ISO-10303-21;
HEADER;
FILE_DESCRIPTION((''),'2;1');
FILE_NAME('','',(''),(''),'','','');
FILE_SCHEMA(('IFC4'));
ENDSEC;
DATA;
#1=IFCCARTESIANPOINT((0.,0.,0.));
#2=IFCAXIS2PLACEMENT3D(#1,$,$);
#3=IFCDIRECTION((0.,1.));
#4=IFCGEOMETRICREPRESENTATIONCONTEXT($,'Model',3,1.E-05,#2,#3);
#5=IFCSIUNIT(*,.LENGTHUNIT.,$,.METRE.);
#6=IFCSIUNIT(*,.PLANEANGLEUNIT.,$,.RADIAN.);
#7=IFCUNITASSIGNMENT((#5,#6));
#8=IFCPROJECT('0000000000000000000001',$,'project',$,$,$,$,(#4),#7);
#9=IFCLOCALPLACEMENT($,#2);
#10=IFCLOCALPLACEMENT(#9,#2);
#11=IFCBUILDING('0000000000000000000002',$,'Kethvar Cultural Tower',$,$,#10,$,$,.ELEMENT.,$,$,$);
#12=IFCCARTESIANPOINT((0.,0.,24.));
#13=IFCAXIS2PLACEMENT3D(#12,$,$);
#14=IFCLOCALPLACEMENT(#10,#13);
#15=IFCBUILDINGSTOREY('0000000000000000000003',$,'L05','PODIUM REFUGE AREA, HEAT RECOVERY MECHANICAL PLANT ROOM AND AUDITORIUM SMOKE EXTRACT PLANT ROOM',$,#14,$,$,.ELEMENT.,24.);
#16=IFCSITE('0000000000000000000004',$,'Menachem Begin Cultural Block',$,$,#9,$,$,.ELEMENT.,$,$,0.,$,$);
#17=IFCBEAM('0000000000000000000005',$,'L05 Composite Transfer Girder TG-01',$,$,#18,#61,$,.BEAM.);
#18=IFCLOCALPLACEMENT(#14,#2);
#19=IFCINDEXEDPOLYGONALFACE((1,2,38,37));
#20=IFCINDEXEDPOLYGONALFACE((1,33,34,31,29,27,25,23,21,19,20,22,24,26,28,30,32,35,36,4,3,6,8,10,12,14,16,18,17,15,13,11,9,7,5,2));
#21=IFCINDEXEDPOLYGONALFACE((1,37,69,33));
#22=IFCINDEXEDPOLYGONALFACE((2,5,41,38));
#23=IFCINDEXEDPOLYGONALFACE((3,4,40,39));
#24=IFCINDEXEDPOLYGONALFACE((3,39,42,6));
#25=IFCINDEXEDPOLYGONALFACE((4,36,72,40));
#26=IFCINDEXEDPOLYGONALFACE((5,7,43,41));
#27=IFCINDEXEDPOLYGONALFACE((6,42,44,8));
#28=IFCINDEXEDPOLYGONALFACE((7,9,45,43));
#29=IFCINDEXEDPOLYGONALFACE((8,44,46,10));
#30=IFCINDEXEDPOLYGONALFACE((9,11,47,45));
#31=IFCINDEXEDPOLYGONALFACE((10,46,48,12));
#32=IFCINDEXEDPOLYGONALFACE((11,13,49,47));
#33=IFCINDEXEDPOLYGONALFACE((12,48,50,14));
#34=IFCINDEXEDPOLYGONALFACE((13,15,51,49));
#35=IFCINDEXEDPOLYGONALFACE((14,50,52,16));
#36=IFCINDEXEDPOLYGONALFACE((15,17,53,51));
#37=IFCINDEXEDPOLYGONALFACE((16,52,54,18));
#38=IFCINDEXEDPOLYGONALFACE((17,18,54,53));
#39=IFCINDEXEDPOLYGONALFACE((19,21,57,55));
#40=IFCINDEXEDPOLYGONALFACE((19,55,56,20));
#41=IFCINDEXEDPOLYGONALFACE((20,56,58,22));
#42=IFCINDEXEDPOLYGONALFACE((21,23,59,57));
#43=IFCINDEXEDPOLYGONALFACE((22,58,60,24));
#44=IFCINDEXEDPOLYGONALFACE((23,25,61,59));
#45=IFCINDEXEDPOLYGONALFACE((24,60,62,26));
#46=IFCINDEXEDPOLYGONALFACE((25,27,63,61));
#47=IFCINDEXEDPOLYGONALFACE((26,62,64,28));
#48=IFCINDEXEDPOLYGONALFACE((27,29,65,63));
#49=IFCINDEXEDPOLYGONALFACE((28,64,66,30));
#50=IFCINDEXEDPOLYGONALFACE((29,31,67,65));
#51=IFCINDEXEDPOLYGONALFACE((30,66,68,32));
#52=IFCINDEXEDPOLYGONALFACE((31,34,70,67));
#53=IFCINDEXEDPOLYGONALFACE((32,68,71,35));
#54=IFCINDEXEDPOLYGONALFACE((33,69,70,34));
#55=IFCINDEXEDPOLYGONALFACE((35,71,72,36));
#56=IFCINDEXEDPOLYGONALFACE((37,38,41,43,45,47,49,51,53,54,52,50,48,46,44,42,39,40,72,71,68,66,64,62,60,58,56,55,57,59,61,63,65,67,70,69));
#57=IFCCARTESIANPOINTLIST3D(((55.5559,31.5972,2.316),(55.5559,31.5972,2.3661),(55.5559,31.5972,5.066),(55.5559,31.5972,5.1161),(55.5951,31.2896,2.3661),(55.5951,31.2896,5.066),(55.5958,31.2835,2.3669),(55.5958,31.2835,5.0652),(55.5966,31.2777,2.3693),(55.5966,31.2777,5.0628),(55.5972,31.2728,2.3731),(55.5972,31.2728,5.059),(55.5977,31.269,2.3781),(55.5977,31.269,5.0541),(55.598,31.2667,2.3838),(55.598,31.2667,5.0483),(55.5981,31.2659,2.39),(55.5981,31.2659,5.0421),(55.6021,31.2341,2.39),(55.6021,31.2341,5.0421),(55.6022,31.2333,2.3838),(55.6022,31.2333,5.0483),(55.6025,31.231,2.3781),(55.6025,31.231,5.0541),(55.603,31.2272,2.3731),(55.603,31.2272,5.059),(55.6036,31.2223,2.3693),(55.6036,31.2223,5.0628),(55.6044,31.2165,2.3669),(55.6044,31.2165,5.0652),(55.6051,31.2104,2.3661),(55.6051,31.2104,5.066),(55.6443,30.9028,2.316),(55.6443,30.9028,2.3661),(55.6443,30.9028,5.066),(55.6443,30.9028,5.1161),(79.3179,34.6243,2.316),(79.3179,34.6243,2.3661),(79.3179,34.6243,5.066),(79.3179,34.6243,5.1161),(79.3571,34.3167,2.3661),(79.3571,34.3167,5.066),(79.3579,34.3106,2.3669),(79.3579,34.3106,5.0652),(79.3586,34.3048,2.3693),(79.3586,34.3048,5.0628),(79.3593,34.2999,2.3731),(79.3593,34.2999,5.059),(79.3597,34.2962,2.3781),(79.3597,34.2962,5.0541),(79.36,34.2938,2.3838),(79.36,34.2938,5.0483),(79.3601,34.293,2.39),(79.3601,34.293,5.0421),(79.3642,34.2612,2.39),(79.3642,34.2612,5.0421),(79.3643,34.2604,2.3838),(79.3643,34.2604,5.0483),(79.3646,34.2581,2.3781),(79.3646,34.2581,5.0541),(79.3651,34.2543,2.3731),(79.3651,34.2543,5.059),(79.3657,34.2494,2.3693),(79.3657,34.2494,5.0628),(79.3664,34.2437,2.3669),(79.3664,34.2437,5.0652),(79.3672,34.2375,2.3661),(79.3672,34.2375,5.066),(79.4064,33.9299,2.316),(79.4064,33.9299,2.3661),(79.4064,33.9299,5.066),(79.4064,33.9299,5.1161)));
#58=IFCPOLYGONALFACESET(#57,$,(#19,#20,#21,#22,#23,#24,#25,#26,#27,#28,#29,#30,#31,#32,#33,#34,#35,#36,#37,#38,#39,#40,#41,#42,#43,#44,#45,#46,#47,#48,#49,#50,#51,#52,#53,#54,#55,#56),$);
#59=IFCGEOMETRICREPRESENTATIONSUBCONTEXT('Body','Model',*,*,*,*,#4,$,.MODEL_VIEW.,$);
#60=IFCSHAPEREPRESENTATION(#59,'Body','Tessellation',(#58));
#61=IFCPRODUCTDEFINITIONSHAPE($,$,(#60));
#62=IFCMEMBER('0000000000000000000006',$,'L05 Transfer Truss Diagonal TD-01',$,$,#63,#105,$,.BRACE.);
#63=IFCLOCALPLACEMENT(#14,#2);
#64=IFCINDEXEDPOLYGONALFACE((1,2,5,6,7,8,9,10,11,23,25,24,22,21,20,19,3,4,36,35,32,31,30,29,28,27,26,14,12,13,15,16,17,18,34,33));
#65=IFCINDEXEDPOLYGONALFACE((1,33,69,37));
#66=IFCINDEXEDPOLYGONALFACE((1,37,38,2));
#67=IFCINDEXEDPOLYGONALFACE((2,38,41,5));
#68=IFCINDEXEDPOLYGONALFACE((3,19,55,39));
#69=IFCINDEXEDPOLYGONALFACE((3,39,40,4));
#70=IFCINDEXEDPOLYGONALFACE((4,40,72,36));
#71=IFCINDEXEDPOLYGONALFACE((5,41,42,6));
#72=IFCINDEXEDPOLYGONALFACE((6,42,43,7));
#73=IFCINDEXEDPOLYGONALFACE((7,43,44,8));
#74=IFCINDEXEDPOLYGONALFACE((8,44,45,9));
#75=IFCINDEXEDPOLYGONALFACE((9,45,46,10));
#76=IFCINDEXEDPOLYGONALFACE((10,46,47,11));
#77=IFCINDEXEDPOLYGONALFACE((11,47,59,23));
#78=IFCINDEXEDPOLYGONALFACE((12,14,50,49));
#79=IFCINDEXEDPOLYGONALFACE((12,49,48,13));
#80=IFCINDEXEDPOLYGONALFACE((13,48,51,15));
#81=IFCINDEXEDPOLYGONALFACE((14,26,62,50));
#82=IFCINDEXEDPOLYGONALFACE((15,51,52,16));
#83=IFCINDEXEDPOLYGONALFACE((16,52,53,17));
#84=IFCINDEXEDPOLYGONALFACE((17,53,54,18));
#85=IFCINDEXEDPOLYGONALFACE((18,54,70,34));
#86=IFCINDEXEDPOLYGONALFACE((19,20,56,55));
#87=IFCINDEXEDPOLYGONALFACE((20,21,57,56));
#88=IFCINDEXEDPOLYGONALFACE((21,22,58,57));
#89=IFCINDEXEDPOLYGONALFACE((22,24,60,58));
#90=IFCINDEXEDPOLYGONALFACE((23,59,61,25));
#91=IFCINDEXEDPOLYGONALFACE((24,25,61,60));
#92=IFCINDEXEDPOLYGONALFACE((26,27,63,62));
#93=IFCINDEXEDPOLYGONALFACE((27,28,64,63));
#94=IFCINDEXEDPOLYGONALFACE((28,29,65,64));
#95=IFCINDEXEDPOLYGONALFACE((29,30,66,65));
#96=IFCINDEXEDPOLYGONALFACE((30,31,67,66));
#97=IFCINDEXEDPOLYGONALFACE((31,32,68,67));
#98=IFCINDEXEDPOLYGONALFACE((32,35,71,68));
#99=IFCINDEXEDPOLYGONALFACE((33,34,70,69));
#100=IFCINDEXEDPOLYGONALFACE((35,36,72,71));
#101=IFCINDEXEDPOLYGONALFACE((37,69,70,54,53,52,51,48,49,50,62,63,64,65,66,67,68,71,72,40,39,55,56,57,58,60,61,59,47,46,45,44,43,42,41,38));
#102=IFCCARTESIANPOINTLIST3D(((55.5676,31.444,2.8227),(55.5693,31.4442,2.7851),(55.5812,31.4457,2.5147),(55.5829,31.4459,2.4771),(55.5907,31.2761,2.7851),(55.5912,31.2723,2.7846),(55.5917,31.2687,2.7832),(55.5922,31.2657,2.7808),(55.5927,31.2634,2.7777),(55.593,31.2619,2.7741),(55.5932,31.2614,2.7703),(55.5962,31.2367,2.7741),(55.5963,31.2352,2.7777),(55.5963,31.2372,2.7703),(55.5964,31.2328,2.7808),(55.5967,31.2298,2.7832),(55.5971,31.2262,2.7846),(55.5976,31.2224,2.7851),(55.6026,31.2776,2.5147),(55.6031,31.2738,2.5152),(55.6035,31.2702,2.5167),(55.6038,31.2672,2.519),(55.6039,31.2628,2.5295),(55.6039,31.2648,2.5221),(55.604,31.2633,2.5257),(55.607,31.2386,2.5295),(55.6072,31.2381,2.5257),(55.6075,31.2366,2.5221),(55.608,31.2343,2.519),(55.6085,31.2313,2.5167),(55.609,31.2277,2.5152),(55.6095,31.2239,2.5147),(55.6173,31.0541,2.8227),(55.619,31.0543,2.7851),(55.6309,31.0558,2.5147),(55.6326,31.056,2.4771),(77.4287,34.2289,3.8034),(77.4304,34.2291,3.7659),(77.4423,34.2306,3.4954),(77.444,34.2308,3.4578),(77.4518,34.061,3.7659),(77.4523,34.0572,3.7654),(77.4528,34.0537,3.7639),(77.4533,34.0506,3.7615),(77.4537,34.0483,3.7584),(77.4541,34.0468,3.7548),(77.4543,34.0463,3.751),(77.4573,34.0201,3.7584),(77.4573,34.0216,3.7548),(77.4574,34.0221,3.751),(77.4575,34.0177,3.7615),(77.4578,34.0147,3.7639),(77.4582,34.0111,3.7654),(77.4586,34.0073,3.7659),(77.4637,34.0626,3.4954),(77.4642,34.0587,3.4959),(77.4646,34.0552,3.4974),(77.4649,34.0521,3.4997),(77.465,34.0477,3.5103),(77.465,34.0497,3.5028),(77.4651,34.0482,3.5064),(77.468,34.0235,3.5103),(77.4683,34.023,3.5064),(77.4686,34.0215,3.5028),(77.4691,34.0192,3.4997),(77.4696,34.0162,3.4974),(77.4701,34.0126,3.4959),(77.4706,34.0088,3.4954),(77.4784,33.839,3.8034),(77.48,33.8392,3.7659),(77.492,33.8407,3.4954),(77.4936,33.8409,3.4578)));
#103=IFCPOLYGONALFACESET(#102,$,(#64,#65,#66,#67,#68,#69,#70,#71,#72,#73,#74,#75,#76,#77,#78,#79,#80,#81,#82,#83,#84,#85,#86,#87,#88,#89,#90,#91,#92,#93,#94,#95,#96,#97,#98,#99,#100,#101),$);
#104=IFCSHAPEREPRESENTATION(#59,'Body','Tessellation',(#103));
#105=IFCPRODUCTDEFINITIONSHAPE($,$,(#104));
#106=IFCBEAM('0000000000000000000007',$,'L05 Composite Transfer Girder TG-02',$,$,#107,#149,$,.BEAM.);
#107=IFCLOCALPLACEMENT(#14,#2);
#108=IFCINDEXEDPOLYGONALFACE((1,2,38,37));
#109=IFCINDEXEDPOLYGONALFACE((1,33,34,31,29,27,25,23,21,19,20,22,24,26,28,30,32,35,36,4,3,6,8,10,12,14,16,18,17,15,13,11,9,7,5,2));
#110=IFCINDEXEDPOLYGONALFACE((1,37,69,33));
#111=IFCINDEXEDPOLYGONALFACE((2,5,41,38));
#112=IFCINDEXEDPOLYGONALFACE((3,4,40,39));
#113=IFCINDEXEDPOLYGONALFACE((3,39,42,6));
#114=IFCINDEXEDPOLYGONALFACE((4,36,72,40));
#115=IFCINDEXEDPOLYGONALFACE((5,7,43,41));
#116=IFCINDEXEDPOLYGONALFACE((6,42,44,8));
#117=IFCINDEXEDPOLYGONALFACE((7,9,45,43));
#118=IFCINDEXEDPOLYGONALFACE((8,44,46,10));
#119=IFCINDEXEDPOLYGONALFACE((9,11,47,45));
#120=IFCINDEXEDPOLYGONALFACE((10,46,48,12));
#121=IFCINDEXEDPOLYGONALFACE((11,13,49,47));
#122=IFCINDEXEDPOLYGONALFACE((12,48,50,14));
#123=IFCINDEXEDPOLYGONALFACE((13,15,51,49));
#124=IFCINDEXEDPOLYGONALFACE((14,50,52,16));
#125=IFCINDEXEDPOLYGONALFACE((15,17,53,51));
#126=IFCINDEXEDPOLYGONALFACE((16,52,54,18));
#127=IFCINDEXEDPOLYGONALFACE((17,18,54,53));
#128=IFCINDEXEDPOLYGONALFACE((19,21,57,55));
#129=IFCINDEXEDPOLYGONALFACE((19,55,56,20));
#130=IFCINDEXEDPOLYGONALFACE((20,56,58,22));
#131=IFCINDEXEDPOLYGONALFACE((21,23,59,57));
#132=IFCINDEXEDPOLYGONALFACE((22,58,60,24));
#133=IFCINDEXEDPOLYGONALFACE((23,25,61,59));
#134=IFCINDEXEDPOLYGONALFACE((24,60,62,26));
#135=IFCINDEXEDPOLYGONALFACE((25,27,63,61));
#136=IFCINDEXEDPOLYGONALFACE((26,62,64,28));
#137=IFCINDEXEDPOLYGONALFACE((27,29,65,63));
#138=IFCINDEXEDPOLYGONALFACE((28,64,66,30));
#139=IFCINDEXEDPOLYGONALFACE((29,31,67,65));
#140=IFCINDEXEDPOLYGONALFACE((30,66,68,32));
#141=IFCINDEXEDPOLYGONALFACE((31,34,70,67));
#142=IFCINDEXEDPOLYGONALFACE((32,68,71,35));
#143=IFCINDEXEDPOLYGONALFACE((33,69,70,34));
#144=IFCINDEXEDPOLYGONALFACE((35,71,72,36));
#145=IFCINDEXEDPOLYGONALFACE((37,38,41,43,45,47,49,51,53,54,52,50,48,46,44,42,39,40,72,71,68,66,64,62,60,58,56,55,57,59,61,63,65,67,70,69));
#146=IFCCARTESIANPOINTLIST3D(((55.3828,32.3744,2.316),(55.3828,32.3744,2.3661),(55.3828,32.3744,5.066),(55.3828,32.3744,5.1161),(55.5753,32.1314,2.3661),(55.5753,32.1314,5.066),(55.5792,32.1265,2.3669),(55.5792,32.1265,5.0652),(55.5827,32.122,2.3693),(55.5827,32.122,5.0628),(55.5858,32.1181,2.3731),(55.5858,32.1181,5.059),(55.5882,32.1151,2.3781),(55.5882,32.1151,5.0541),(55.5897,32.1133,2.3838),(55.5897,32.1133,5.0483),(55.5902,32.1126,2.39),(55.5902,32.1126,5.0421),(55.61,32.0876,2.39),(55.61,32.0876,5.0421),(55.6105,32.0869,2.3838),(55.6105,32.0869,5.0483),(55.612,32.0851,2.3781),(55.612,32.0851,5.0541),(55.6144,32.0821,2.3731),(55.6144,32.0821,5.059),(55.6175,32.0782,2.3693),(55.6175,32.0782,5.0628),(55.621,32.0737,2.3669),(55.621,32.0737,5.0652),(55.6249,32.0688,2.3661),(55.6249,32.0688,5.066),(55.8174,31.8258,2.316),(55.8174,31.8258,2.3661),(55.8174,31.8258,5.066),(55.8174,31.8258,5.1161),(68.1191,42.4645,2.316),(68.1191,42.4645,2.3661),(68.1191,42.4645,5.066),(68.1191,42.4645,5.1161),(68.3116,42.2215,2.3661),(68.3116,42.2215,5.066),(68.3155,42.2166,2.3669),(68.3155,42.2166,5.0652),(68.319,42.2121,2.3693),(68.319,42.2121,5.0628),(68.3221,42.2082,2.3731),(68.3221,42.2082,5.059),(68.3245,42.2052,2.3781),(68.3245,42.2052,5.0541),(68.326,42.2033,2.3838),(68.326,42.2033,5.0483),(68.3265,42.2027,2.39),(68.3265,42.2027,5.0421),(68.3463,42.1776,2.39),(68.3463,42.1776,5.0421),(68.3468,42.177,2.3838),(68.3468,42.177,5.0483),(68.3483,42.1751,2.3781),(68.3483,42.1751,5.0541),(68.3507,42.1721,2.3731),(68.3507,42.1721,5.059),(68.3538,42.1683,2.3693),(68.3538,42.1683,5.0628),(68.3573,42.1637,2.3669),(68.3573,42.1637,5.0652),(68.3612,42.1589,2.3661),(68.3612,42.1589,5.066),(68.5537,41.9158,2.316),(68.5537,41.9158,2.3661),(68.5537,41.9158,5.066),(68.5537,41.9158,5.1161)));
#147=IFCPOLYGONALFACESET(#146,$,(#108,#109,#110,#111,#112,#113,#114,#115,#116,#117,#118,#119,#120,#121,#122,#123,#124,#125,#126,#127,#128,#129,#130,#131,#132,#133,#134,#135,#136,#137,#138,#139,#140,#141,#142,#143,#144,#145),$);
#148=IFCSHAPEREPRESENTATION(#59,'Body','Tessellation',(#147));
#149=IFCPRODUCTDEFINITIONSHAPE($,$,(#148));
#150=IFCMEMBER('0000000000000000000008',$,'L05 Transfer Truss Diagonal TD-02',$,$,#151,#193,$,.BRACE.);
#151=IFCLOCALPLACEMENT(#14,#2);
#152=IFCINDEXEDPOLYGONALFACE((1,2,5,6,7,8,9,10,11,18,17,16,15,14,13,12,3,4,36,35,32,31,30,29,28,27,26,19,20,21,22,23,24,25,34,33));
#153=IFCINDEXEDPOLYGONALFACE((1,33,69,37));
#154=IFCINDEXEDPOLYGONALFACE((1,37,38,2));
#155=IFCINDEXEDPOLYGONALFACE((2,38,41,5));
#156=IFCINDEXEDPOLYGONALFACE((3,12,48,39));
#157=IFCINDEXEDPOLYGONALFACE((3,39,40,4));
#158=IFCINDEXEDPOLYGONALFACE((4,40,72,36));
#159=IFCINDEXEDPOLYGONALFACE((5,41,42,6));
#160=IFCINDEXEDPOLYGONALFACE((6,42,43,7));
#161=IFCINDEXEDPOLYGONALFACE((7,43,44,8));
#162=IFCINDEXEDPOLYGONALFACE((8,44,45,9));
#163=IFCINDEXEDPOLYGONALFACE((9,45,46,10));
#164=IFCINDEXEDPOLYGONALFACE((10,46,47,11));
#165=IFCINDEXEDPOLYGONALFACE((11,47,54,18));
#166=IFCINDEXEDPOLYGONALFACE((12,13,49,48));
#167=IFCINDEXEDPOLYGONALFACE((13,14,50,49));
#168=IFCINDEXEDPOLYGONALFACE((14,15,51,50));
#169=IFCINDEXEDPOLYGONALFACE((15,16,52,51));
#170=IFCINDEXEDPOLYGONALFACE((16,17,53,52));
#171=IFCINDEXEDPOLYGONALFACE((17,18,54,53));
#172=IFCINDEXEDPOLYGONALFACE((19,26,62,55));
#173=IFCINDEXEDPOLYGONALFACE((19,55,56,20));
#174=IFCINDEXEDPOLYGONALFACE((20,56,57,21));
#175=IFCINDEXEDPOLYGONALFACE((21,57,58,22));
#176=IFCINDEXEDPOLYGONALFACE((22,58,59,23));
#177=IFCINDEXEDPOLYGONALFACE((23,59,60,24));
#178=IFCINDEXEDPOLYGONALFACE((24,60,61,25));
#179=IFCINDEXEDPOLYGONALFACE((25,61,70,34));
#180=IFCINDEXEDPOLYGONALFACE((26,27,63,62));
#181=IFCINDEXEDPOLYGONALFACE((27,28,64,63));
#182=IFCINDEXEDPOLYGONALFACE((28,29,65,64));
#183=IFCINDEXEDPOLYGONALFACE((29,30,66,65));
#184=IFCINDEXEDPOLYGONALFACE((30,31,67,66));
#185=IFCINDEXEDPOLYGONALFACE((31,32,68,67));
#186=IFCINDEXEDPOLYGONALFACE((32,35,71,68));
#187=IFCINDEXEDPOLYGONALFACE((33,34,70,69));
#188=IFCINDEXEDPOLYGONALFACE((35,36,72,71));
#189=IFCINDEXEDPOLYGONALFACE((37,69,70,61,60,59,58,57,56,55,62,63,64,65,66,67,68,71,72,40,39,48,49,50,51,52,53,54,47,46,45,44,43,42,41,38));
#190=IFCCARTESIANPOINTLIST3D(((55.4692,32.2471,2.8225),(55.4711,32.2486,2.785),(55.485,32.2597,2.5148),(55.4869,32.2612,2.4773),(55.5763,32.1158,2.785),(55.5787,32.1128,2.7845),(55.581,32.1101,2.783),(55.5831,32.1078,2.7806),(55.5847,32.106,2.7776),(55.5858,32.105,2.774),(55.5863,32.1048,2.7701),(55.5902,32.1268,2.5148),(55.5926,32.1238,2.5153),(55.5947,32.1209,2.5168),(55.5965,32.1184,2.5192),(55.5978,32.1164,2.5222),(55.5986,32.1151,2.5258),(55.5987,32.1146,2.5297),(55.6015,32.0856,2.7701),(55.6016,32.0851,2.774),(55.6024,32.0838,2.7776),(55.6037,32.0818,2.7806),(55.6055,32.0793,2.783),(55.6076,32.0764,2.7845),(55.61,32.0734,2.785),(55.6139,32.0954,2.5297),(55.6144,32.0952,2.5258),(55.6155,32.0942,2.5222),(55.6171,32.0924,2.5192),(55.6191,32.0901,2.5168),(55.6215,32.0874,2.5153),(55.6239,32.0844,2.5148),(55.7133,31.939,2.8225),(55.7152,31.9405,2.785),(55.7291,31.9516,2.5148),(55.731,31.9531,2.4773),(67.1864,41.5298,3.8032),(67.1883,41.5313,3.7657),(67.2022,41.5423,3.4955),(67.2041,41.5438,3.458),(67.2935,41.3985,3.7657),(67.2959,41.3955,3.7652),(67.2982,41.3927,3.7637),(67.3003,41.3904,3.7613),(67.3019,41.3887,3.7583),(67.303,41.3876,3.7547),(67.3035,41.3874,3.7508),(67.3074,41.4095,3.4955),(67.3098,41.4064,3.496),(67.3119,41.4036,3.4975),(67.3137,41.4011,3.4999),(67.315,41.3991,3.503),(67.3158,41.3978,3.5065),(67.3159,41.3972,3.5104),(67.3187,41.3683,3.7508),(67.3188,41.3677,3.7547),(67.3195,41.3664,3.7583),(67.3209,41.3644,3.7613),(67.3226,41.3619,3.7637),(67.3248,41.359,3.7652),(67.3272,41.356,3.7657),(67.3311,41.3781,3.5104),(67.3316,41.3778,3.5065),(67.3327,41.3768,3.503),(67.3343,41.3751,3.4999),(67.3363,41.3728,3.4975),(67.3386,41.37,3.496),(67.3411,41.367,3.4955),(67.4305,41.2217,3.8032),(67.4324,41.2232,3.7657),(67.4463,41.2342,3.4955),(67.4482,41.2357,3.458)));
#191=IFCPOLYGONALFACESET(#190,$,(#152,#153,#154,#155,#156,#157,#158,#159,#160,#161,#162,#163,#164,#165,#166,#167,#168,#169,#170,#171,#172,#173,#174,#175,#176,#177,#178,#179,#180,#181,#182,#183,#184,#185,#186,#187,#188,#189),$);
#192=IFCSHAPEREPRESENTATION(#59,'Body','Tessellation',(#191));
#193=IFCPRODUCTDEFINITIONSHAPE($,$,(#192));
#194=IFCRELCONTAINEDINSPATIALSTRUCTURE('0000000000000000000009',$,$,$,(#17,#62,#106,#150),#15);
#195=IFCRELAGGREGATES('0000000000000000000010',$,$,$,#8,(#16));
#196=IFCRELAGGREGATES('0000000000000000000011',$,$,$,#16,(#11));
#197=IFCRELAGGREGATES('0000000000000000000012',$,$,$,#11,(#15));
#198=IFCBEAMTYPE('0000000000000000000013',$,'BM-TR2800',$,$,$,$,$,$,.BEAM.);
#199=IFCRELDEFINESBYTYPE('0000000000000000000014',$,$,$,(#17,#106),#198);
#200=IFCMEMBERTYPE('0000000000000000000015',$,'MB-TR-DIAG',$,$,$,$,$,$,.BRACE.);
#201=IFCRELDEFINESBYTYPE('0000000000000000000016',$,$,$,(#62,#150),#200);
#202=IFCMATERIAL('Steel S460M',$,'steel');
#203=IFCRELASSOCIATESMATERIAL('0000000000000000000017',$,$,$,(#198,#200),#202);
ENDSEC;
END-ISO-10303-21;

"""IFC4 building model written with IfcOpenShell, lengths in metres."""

from ifc_helpers import new_model, si_unit, direction, frame, origin, origin_2d, place, context, subcontext, project, spatial, i_section, extrude, source, transform, mapped, material, material_profile, profile_set, type_object, element, save


model = new_model("IFC4")

# Units and contexts
model_context = context("Model", 3, precision=1e-05, world=origin(), true_north=direction((0.0, 1.0)))
body_context = subcontext(model_context, "Body", "Model", "MODEL_VIEW")
ifc_project = project(units=[si_unit("LENGTHUNIT", "METRE"), si_unit("PLANEANGLEUNIT", "RADIAN")], contexts=[model_context])

# Site, building, storey
site_placement = place(None, origin())
site = spatial("IfcSite", under=ifc_project, at=site_placement, Name="Menachem Begin Cultural Block", CompositionType="ELEMENT", RefElevation=0.0)
building_placement = place(site_placement, origin())
building = spatial("IfcBuilding", under=site, at=building_placement, Name="Kethvar Cultural Tower", CompositionType="ELEMENT")
storey_placement = place(building_placement, frame((0.0, 0.0, 24.0)))
storey = spatial("IfcBuildingStorey", under=building, at=storey_placement, Name="L05", Description="PODIUM REFUGE AREA, HEAT RECOVERY MECHANICAL PLANT ROOM AND AUDITORIUM SMOKE EXTRACT PLANT ROOM", CompositionType="ELEMENT", Elevation=24.0)

# Beam
ifc_material_1 = material(Name="Steel S460M", Category="steel")
ifc_material_profile_1 = material_profile(ifc_material_1, i_section(OverallWidth=0.7, OverallDepth=2.8, WebThickness=0.032, FlangeThickness=0.05, FilletRadius=0.0239, at=origin_2d()), Name="Steel S460M — PG2800x700x50x32")
ifc_profile_set_1 = profile_set([ifc_material_profile_1], Name="Steel S460M — PG2800x700x50x32")
beam_type = type_object("IfcBeamType", Name="BM-TR2800", PredefinedType="BEAM", material=ifc_profile_set_1)
shared_shape_1 = source(origin(), body_context, "Body", "SweptSolid", [
    extrude(i_section(OverallWidth=0.7, OverallDepth=2.8, WebThickness=0.032, FlangeThickness=0.05, FilletRadius=0.0239, at=origin_2d()), origin(), (0.0, 0.0, 1.0), 23.9541),
])
beam_1_placement = place(storey_placement, frame((55.6001, 31.25, 3.7161), z_axis=(0.991983, 0.126371, 0.0), x_axis=(-0.126371, 0.991983, 0.0)))
element("IfcBeam", 1, at=beam_1_placement, inside=storey, type_object=beam_type, Name="L05 Composite Transfer Girder TG-01", PredefinedType="BEAM", context=body_context, shape_type="MappedRepresentation", body=[
    mapped(shared_shape_1, transform((0.0, 0.0, 0.0), scale=1.0)),
])

# Member
ifc_material_profile_2 = material_profile(ifc_material_1, i_section(OverallWidth=0.3931, OverallDepth=0.3459, WebThickness=0.0244, FlangeThickness=0.0376, FilletRadius=0.0149, at=origin_2d()), Name="Steel S460M — HD400x509")
ifc_profile_set_2 = profile_set([ifc_material_profile_2], Name="Steel S460M — HD400x509")
member_type = type_object("IfcMemberType", Name="MB-TR-DIAG", PredefinedType="BRACE", material=ifc_profile_set_2)
shared_shape_2 = source(origin(), body_context, "Body", "SweptSolid", [
    extrude(i_section(OverallWidth=0.3931, OverallDepth=0.3459, WebThickness=0.0244, FlangeThickness=0.0376, FilletRadius=0.0149, at=origin_2d()), origin(), (0.0, 0.0, 1.0), 22.0596),
])
member_1_placement = place(storey_placement, frame((55.6001, 31.25, 2.6499), z_axis=(0.991002, 0.126245, 0.044457), x_axis=(-0.12637, 0.991983, 0.0)))
element("IfcMember", 2, at=member_1_placement, inside=storey, type_object=member_type, Name="L05 Transfer Truss Diagonal TD-01", PredefinedType="BRACE", context=body_context, shape_type="MappedRepresentation", body=[
    mapped(shared_shape_2, transform((0.0, 0.0, 0.0), scale=1.0)),
])

# Beam
shared_shape_3 = source(origin(), body_context, "Body", "SweptSolid", [
    extrude(i_section(OverallWidth=0.7, OverallDepth=2.8, WebThickness=0.032, FlangeThickness=0.05, FilletRadius=0.0239, at=origin_2d()), origin(), (0.0, 0.0, 1.0), 16.2488),
])
beam_2_placement = place(storey_placement, frame((55.6001, 32.1001, 3.7161), z_axis=(0.783831, 0.620974, 0.0), x_axis=(-0.620974, 0.783831, 0.0)))
element("IfcBeam", 3, at=beam_2_placement, inside=storey, type_object=beam_type, Name="L05 Composite Transfer Girder TG-02", PredefinedType="BEAM", context=body_context, shape_type="MappedRepresentation", body=[
    mapped(shared_shape_3, transform((0.0, 0.0, 0.0), scale=1.0)),
])

# Member
shared_shape_4 = source(origin(), body_context, "Body", "SweptSolid", [
    extrude(i_section(OverallWidth=0.3931, OverallDepth=0.3459, WebThickness=0.0244, FlangeThickness=0.0376, FilletRadius=0.0149, at=origin_2d()), origin(), (0.0, 0.0, 1.0), 14.9807),
])
member_2_placement = place(storey_placement, frame((55.6001, 32.1001, 2.6499), z_axis=(0.782152, 0.619639, 0.065465), x_axis=(-0.620971, 0.783833, 0.0)))
element("IfcMember", 4, at=member_2_placement, inside=storey, type_object=member_type, Name="L05 Transfer Truss Diagonal TD-02", PredefinedType="BRACE", context=body_context, shape_type="MappedRepresentation", body=[
    mapped(shared_shape_4, transform((0.0, 0.0, 0.0), scale=1.0)),
])

save(model, "model.ifc")
